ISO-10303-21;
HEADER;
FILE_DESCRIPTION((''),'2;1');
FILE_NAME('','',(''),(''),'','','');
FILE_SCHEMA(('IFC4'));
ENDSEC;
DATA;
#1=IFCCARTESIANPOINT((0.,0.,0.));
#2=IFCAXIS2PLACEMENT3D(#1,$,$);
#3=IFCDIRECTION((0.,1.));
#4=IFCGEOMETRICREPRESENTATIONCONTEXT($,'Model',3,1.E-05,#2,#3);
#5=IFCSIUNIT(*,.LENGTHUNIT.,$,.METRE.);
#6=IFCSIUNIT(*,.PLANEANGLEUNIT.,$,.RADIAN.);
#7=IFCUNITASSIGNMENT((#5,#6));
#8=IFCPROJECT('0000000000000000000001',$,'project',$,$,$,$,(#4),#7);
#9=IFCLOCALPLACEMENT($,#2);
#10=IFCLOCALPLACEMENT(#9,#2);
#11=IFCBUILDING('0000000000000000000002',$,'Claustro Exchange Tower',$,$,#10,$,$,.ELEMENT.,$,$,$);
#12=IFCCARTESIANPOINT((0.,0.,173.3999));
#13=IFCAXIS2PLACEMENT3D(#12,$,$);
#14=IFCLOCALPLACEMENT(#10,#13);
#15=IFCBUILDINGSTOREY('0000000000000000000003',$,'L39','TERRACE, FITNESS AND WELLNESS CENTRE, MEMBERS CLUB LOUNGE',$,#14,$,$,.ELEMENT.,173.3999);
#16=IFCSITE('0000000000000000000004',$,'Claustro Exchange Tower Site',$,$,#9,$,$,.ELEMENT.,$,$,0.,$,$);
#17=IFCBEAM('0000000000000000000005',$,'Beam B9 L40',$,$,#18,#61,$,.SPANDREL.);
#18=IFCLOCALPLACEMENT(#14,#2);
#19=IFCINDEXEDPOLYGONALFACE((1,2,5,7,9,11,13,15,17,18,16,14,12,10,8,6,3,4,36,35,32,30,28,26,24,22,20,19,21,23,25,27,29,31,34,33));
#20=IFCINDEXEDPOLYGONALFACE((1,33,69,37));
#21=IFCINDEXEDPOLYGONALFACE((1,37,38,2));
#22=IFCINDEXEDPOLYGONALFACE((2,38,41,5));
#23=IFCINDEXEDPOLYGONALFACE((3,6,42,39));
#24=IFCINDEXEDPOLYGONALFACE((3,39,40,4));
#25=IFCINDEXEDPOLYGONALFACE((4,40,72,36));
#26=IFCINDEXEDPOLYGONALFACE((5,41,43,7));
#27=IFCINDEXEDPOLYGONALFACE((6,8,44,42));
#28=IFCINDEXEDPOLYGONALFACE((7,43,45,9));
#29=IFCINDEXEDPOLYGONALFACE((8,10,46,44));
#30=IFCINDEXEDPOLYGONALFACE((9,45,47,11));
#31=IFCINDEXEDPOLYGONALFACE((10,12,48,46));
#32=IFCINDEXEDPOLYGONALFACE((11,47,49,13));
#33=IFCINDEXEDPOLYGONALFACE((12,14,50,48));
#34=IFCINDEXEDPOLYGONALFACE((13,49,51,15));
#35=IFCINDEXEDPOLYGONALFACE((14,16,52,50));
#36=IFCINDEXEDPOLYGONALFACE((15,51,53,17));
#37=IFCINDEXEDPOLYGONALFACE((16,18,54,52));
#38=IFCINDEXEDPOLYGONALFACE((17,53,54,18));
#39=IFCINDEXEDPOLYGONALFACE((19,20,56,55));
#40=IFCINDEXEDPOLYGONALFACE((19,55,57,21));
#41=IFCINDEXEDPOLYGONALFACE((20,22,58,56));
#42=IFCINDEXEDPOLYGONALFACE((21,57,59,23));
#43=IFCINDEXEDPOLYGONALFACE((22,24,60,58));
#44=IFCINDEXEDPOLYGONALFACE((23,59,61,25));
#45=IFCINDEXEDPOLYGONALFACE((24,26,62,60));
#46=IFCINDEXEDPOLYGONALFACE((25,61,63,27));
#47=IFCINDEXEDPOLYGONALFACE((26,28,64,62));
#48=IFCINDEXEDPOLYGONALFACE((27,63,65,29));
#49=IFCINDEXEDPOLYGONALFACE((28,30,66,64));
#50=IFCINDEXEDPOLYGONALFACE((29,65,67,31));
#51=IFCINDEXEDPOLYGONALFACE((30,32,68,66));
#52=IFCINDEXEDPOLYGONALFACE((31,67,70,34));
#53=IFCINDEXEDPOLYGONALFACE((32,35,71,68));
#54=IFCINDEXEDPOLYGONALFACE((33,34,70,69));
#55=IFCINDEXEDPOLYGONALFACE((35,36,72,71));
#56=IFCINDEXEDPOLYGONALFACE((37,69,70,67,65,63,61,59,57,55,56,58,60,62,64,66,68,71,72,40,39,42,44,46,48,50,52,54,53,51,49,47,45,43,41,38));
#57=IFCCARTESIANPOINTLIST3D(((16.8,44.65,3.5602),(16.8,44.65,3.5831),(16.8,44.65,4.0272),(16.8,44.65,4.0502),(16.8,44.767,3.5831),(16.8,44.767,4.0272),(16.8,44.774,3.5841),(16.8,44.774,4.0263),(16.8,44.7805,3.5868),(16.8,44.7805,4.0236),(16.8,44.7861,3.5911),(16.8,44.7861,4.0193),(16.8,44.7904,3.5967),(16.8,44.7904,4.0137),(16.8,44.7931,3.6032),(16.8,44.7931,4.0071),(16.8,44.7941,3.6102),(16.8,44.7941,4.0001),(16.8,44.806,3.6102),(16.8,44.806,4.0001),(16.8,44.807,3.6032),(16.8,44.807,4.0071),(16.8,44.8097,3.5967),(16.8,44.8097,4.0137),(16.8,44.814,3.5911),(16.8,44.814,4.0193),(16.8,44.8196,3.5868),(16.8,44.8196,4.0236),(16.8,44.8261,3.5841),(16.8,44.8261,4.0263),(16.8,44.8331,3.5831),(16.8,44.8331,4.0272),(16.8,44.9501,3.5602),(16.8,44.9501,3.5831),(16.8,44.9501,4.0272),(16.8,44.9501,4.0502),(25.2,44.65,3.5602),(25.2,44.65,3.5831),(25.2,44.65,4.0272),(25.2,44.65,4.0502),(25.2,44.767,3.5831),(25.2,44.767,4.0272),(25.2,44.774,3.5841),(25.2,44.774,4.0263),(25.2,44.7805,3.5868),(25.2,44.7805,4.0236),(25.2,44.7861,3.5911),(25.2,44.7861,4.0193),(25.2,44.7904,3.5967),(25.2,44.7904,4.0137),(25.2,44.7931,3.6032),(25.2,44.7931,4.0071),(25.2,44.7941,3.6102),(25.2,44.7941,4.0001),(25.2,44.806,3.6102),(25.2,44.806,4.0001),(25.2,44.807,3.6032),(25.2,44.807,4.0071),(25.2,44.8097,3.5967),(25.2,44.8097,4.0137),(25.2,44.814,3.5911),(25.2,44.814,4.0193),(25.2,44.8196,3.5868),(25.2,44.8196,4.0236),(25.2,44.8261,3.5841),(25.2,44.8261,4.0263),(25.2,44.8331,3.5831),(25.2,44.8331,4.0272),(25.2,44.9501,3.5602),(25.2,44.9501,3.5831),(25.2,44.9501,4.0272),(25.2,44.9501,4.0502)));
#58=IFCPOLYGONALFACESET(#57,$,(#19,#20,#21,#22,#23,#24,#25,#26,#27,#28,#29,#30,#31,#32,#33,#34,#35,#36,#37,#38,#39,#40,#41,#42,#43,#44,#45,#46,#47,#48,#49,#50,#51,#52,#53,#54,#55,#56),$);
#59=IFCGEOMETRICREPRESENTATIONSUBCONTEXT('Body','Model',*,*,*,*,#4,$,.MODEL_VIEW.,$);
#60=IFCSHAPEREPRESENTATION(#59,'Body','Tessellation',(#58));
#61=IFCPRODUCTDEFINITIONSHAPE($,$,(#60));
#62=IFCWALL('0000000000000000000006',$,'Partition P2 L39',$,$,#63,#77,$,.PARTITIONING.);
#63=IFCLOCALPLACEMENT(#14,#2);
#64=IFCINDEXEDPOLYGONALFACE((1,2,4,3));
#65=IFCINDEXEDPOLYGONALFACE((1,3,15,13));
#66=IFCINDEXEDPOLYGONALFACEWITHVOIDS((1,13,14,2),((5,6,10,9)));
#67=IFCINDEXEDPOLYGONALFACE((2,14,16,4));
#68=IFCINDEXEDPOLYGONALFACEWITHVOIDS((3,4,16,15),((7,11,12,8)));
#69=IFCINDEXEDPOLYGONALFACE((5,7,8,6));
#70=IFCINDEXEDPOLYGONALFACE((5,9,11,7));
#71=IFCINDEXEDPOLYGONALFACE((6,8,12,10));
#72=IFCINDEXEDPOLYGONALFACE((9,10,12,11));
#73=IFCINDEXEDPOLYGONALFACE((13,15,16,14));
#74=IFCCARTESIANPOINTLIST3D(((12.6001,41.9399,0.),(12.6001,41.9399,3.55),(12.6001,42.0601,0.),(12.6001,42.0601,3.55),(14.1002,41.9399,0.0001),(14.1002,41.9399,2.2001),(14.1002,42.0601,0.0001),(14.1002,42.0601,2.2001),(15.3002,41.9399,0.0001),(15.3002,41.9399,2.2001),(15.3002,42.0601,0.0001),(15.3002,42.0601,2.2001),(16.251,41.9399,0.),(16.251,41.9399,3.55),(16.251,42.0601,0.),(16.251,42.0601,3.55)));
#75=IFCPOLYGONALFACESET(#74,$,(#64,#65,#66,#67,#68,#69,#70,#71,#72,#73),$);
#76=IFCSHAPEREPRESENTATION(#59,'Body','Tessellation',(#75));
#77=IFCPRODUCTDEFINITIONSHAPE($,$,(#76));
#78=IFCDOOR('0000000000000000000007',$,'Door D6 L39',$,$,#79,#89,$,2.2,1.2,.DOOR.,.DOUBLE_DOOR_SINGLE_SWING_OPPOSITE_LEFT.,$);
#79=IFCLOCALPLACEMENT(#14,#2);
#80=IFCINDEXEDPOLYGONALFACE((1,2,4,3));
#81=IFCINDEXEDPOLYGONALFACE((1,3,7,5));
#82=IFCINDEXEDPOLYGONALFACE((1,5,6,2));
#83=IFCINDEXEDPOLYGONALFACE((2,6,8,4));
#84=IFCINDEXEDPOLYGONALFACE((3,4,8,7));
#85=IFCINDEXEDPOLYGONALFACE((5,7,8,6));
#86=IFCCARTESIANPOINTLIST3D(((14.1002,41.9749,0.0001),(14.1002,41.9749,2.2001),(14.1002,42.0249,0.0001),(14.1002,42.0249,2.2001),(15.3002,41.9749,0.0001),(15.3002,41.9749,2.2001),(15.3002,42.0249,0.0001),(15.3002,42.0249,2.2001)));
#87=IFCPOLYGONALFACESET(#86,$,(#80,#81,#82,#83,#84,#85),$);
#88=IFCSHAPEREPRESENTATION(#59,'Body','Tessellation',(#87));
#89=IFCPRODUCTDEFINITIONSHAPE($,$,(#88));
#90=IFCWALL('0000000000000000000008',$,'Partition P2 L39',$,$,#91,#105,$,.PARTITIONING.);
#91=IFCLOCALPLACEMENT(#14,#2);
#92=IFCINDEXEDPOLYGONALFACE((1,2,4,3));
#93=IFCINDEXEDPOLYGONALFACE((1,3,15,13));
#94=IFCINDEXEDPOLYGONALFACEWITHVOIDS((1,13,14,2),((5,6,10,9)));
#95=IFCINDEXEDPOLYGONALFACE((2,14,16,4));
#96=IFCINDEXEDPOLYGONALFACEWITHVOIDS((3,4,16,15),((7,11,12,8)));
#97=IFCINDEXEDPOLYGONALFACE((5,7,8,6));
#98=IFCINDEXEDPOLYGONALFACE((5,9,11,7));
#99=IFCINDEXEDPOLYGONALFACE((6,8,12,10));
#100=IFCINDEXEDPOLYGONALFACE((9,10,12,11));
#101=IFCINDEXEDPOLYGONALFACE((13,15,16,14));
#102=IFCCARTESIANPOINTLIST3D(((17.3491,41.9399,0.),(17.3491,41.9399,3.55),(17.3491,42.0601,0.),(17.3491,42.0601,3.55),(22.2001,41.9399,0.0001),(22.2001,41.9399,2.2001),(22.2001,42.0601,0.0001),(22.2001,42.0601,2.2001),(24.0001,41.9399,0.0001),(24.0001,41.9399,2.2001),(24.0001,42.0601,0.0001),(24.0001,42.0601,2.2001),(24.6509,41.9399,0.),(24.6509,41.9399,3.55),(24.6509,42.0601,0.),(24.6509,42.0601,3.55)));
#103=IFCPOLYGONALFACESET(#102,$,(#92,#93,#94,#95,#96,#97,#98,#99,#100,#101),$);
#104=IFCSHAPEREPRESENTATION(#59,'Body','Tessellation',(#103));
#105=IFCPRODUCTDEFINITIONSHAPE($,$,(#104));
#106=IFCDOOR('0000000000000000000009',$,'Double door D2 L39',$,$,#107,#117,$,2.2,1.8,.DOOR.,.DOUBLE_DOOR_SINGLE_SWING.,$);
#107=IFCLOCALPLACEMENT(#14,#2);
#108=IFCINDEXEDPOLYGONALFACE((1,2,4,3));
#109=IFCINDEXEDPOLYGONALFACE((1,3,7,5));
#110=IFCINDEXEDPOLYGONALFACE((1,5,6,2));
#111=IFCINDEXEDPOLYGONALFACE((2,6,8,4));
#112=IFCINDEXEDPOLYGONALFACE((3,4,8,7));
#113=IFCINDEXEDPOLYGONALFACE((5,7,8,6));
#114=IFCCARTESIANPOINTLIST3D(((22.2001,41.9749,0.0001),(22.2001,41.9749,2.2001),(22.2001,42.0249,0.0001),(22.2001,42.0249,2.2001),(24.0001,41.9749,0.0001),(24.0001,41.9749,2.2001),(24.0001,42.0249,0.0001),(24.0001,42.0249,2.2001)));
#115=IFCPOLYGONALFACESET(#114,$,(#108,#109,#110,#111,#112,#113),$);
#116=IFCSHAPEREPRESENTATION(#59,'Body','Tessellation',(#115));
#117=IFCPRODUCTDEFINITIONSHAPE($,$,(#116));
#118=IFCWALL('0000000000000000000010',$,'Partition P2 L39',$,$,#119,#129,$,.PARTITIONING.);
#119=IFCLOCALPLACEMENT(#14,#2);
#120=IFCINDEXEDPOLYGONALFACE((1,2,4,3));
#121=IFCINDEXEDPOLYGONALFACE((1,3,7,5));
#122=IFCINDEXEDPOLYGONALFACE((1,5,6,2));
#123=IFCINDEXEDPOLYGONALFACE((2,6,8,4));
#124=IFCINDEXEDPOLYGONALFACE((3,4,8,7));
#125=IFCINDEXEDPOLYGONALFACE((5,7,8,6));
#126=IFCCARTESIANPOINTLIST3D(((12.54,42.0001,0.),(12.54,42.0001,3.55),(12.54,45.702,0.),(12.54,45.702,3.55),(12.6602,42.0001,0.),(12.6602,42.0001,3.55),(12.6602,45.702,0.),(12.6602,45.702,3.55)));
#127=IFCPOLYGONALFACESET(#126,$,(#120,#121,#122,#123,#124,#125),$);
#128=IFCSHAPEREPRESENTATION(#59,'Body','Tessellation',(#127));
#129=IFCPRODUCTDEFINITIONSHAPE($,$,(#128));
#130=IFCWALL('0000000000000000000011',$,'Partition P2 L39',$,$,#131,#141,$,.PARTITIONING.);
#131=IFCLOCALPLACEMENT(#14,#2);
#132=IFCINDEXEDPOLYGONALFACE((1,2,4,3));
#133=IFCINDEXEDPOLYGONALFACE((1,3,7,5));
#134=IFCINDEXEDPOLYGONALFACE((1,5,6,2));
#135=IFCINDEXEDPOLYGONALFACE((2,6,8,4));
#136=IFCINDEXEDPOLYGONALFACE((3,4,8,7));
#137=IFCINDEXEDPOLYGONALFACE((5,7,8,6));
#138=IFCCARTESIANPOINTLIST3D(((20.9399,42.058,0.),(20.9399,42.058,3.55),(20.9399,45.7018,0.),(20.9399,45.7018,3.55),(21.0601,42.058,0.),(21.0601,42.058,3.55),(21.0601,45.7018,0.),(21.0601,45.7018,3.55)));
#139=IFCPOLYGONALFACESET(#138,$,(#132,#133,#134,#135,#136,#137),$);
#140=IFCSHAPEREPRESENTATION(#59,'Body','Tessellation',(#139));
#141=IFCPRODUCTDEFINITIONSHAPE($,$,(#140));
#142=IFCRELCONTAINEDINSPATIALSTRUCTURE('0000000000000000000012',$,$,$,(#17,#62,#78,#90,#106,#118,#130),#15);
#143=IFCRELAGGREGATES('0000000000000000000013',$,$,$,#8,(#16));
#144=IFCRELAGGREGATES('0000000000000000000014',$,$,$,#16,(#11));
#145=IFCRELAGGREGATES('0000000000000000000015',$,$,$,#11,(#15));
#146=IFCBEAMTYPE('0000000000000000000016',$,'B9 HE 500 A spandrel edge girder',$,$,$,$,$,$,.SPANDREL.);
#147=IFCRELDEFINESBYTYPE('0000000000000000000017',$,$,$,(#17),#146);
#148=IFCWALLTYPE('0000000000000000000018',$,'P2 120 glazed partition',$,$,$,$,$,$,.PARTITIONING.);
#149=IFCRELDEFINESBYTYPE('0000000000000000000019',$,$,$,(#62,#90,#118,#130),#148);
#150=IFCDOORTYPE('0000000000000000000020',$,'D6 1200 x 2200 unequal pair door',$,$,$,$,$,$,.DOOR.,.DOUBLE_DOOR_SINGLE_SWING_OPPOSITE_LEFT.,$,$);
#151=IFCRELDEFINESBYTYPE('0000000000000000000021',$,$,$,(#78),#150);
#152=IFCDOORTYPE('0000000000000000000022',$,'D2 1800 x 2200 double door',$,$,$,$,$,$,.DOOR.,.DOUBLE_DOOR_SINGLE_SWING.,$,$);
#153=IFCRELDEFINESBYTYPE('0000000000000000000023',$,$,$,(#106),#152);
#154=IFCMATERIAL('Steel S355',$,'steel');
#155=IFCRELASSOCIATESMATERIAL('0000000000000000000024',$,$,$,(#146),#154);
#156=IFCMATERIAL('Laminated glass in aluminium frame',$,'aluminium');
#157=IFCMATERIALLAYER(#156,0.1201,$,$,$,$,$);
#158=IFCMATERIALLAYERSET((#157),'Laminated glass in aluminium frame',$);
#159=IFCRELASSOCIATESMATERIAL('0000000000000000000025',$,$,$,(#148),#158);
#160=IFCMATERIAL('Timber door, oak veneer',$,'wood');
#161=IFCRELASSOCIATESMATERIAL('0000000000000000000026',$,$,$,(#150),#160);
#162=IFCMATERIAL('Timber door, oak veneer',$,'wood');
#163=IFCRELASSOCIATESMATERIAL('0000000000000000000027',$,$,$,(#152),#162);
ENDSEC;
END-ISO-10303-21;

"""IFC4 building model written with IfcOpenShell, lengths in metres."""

from ifc_helpers import new_model, si_unit, direction, frame, frame_2d, origin, origin_2d, place, context, subcontext, project, spatial, rectangle, i_section, extrude, material, layer, layer_set, material_profile, profile_set, type_object, element, fill, save


model = new_model("IFC4")

# Units and contexts
model_context = context("Model", 3, precision=1e-05, world=origin(), true_north=direction((0.0, 1.0)))
body_context = subcontext(model_context, "Body", "Model", "MODEL_VIEW")
ifc_project = project(units=[si_unit("LENGTHUNIT", "METRE"), si_unit("PLANEANGLEUNIT", "RADIAN")], contexts=[model_context])

# Site, building, storey
site_placement = place(None, origin())
site = spatial("IfcSite", under=ifc_project, at=site_placement, Name="Claustro Exchange Tower Site", CompositionType="ELEMENT", RefElevation=0.0)
building_placement = place(site_placement, origin())
building = spatial("IfcBuilding", under=site, at=building_placement, Name="Claustro Exchange Tower", CompositionType="ELEMENT")
storey_placement = place(building_placement, frame((0.0, 0.0, 173.3999)))
storey = spatial("IfcBuildingStorey", under=building, at=storey_placement, Name="L39", Description="TERRACE, FITNESS AND WELLNESS CENTRE, MEMBERS CLUB LOUNGE", CompositionType="ELEMENT", Elevation=173.3999)

# Beam
ifc_material_1 = material(Name="Steel S355", Category="steel")
ifc_material_profile_1 = material_profile(ifc_material_1, i_section(OverallWidth=0.3, OverallDepth=0.49, WebThickness=0.012, FlangeThickness=0.0229, FilletRadius=0.0271, at=origin_2d()), Name="HE 500 A")
ifc_profile_set_1 = profile_set([ifc_material_profile_1], Name="Steel S355")
beam_type_1 = type_object("IfcBeamType", Name="B9 HE 500 A spandrel edge girder", PredefinedType="SPANDREL", material=ifc_profile_set_1)
beam_1_placement = place(storey_placement, frame((16.8, 44.8, 3.8052), z_axis=(1.0, 0.0, 0.0), x_axis=(0.0, 1.0, 0.0)))
element("IfcBeam", 1, at=beam_1_placement, inside=storey, type_object=beam_type_1, Name="Beam B9 L40", PredefinedType="SPANDREL", context=body_context, shape_type="SweptSolid", body=[
    extrude(i_section(OverallWidth=0.3, OverallDepth=0.49, WebThickness=0.012, FlangeThickness=0.0229, FilletRadius=0.0271, at=origin_2d()), origin(), (0.0, 0.0, 1.0), 8.3999),
])

# Walls, openings, doors
ifc_material_2 = material(Name="Laminated glass in aluminium frame", Category="aluminium")
ifc_layer_1 = layer(ifc_material_2, 0.1201)
ifc_layer_set_1 = layer_set([ifc_layer_1], Name="Laminated glass in aluminium frame")
wall_type_1 = type_object("IfcWallType", Name="P2 120 glazed partition", PredefinedType="PARTITIONING", material=ifc_layer_set_1)
wall_1_placement = place(storey_placement, frame((12.6001, 42.0, 0.0), z_axis=(0.0, 0.0, 1.0), x_axis=(1.0, 0.0, 0.0)))
wall_1 = element("IfcWall", 2, at=wall_1_placement, inside=storey, type_object=wall_type_1, Name="Partition P2 L39", PredefinedType="PARTITIONING", context=body_context, shape_type="SweptSolid", body=[
    extrude(rectangle(XDim=3.6509, YDim=0.1201, at=frame_2d((1.8254, 0.0))), origin(), (0.0, 0.0, 1.0), 3.55),
])
opening_1_placement = place(wall_1_placement, frame((1.5, 0.0, 0.0)))
opening_1 = element("IfcOpeningElement", 3, at=opening_1_placement, cuts=wall_1, PredefinedType="OPENING", context=body_context, shape_type="SweptSolid", body=[
    extrude(rectangle(XDim=1.2, YDim=2.2, at=frame_2d((0.6001, 1.1001))), frame((0.0, 0.0701, 0.0), z_axis=(0.0, -1.0, 0.0), x_axis=(1.0, 0.0, 0.0)), (0.0, 0.0, 1.0), 0.1401),
])
ifc_material_3 = material(Name="Timber door, oak veneer", Category="wood")
door_type_1 = type_object("IfcDoorType", Name="D6 1200 x 2200 unequal pair door", OperationType="DOUBLE_DOOR_SINGLE_SWING_OPPOSITE_LEFT", PredefinedType="DOOR", material=ifc_material_3)
door_1_placement = place(opening_1_placement, origin())
door_1 = element("IfcDoor", 4, at=door_1_placement, inside=storey, type_object=door_type_1, Name="Door D6 L39", OperationType="DOUBLE_DOOR_SINGLE_SWING_OPPOSITE_LEFT", OverallHeight=2.2, OverallWidth=1.2, PredefinedType="DOOR", context=body_context, shape_type="SweptSolid", body=[
    extrude(rectangle(XDim=1.2, YDim=2.2, at=frame_2d((0.6001, 1.1001))), frame((0.0, 0.0249, 0.0), z_axis=(0.0, -1.0, 0.0), x_axis=(1.0, 0.0, 0.0)), (0.0, 0.0, 1.0), 0.05),
])
fill(opening_1, door_1)
wall_2_placement = place(storey_placement, frame((17.3491, 42.0, 0.0), z_axis=(0.0, 0.0, 1.0), x_axis=(1.0, 0.0, 0.0)))
wall_2 = element("IfcWall", 5, at=wall_2_placement, inside=storey, type_object=wall_type_1, Name="Partition P2 L39", PredefinedType="PARTITIONING", context=body_context, shape_type="SweptSolid", body=[
    extrude(rectangle(XDim=7.3018, YDim=0.1201, at=frame_2d((3.6509, 0.0))), origin(), (0.0, 0.0, 1.0), 3.55),
])
opening_2_placement = place(wall_2_placement, frame((4.8511, 0.0, 0.0)))
opening_2 = element("IfcOpeningElement", 6, at=opening_2_placement, cuts=wall_2, PredefinedType="OPENING", context=body_context, shape_type="SweptSolid", body=[
    extrude(rectangle(XDim=1.8, YDim=2.2, at=frame_2d((0.8999, 1.1001))), frame((0.0, 0.0701, 0.0), z_axis=(0.0, -1.0, 0.0), x_axis=(1.0, 0.0, 0.0)), (0.0, 0.0, 1.0), 0.1401),
])
ifc_material_4 = material(Name="Timber door, oak veneer", Category="wood")
door_type_2 = type_object("IfcDoorType", Name="D2 1800 x 2200 double door", OperationType="DOUBLE_DOOR_SINGLE_SWING", PredefinedType="DOOR", material=ifc_material_4)
door_2_placement = place(opening_2_placement, origin())
door_2 = element("IfcDoor", 7, at=door_2_placement, inside=storey, type_object=door_type_2, Name="Double door D2 L39", OperationType="DOUBLE_DOOR_SINGLE_SWING", OverallHeight=2.2, OverallWidth=1.8, PredefinedType="DOOR", context=body_context, shape_type="SweptSolid", body=[
    extrude(rectangle(XDim=1.8, YDim=2.2, at=frame_2d((0.8999, 1.1001))), frame((0.0, 0.0249, 0.0), z_axis=(0.0, -1.0, 0.0), x_axis=(1.0, 0.0, 0.0)), (0.0, 0.0, 1.0), 0.05),
])
fill(opening_2, door_2)

# Walls
wall_3_placement = place(storey_placement, frame((12.6001, 42.0, 0.0), z_axis=(0.0, 0.0, 1.0), x_axis=(0.0, 1.0, 0.0)))
element("IfcWall", 8, at=wall_3_placement, inside=storey, type_object=wall_type_1, Name="Partition P2 L39", PredefinedType="PARTITIONING", context=body_context, shape_type="SweptSolid", body=[
    extrude(rectangle(XDim=3.7019, YDim=0.1201, at=frame_2d((1.8511, 0.0))), origin(), (0.0, 0.0, 1.0), 3.55),
])
wall_4_placement = place(storey_placement, frame((21.0, 42.0581, 0.0), z_axis=(0.0, 0.0, 1.0), x_axis=(0.0, 1.0, 0.0)))
element("IfcWall", 9, at=wall_4_placement, inside=storey, type_object=wall_type_1, Name="Partition P2 L39", PredefinedType="PARTITIONING", context=body_context, shape_type="SweptSolid", body=[
    extrude(rectangle(XDim=3.6438, YDim=0.1201, at=frame_2d((1.8218, 0.0))), origin(), (0.0, 0.0, 1.0), 3.55),
])

save(model, "model.ifc")
